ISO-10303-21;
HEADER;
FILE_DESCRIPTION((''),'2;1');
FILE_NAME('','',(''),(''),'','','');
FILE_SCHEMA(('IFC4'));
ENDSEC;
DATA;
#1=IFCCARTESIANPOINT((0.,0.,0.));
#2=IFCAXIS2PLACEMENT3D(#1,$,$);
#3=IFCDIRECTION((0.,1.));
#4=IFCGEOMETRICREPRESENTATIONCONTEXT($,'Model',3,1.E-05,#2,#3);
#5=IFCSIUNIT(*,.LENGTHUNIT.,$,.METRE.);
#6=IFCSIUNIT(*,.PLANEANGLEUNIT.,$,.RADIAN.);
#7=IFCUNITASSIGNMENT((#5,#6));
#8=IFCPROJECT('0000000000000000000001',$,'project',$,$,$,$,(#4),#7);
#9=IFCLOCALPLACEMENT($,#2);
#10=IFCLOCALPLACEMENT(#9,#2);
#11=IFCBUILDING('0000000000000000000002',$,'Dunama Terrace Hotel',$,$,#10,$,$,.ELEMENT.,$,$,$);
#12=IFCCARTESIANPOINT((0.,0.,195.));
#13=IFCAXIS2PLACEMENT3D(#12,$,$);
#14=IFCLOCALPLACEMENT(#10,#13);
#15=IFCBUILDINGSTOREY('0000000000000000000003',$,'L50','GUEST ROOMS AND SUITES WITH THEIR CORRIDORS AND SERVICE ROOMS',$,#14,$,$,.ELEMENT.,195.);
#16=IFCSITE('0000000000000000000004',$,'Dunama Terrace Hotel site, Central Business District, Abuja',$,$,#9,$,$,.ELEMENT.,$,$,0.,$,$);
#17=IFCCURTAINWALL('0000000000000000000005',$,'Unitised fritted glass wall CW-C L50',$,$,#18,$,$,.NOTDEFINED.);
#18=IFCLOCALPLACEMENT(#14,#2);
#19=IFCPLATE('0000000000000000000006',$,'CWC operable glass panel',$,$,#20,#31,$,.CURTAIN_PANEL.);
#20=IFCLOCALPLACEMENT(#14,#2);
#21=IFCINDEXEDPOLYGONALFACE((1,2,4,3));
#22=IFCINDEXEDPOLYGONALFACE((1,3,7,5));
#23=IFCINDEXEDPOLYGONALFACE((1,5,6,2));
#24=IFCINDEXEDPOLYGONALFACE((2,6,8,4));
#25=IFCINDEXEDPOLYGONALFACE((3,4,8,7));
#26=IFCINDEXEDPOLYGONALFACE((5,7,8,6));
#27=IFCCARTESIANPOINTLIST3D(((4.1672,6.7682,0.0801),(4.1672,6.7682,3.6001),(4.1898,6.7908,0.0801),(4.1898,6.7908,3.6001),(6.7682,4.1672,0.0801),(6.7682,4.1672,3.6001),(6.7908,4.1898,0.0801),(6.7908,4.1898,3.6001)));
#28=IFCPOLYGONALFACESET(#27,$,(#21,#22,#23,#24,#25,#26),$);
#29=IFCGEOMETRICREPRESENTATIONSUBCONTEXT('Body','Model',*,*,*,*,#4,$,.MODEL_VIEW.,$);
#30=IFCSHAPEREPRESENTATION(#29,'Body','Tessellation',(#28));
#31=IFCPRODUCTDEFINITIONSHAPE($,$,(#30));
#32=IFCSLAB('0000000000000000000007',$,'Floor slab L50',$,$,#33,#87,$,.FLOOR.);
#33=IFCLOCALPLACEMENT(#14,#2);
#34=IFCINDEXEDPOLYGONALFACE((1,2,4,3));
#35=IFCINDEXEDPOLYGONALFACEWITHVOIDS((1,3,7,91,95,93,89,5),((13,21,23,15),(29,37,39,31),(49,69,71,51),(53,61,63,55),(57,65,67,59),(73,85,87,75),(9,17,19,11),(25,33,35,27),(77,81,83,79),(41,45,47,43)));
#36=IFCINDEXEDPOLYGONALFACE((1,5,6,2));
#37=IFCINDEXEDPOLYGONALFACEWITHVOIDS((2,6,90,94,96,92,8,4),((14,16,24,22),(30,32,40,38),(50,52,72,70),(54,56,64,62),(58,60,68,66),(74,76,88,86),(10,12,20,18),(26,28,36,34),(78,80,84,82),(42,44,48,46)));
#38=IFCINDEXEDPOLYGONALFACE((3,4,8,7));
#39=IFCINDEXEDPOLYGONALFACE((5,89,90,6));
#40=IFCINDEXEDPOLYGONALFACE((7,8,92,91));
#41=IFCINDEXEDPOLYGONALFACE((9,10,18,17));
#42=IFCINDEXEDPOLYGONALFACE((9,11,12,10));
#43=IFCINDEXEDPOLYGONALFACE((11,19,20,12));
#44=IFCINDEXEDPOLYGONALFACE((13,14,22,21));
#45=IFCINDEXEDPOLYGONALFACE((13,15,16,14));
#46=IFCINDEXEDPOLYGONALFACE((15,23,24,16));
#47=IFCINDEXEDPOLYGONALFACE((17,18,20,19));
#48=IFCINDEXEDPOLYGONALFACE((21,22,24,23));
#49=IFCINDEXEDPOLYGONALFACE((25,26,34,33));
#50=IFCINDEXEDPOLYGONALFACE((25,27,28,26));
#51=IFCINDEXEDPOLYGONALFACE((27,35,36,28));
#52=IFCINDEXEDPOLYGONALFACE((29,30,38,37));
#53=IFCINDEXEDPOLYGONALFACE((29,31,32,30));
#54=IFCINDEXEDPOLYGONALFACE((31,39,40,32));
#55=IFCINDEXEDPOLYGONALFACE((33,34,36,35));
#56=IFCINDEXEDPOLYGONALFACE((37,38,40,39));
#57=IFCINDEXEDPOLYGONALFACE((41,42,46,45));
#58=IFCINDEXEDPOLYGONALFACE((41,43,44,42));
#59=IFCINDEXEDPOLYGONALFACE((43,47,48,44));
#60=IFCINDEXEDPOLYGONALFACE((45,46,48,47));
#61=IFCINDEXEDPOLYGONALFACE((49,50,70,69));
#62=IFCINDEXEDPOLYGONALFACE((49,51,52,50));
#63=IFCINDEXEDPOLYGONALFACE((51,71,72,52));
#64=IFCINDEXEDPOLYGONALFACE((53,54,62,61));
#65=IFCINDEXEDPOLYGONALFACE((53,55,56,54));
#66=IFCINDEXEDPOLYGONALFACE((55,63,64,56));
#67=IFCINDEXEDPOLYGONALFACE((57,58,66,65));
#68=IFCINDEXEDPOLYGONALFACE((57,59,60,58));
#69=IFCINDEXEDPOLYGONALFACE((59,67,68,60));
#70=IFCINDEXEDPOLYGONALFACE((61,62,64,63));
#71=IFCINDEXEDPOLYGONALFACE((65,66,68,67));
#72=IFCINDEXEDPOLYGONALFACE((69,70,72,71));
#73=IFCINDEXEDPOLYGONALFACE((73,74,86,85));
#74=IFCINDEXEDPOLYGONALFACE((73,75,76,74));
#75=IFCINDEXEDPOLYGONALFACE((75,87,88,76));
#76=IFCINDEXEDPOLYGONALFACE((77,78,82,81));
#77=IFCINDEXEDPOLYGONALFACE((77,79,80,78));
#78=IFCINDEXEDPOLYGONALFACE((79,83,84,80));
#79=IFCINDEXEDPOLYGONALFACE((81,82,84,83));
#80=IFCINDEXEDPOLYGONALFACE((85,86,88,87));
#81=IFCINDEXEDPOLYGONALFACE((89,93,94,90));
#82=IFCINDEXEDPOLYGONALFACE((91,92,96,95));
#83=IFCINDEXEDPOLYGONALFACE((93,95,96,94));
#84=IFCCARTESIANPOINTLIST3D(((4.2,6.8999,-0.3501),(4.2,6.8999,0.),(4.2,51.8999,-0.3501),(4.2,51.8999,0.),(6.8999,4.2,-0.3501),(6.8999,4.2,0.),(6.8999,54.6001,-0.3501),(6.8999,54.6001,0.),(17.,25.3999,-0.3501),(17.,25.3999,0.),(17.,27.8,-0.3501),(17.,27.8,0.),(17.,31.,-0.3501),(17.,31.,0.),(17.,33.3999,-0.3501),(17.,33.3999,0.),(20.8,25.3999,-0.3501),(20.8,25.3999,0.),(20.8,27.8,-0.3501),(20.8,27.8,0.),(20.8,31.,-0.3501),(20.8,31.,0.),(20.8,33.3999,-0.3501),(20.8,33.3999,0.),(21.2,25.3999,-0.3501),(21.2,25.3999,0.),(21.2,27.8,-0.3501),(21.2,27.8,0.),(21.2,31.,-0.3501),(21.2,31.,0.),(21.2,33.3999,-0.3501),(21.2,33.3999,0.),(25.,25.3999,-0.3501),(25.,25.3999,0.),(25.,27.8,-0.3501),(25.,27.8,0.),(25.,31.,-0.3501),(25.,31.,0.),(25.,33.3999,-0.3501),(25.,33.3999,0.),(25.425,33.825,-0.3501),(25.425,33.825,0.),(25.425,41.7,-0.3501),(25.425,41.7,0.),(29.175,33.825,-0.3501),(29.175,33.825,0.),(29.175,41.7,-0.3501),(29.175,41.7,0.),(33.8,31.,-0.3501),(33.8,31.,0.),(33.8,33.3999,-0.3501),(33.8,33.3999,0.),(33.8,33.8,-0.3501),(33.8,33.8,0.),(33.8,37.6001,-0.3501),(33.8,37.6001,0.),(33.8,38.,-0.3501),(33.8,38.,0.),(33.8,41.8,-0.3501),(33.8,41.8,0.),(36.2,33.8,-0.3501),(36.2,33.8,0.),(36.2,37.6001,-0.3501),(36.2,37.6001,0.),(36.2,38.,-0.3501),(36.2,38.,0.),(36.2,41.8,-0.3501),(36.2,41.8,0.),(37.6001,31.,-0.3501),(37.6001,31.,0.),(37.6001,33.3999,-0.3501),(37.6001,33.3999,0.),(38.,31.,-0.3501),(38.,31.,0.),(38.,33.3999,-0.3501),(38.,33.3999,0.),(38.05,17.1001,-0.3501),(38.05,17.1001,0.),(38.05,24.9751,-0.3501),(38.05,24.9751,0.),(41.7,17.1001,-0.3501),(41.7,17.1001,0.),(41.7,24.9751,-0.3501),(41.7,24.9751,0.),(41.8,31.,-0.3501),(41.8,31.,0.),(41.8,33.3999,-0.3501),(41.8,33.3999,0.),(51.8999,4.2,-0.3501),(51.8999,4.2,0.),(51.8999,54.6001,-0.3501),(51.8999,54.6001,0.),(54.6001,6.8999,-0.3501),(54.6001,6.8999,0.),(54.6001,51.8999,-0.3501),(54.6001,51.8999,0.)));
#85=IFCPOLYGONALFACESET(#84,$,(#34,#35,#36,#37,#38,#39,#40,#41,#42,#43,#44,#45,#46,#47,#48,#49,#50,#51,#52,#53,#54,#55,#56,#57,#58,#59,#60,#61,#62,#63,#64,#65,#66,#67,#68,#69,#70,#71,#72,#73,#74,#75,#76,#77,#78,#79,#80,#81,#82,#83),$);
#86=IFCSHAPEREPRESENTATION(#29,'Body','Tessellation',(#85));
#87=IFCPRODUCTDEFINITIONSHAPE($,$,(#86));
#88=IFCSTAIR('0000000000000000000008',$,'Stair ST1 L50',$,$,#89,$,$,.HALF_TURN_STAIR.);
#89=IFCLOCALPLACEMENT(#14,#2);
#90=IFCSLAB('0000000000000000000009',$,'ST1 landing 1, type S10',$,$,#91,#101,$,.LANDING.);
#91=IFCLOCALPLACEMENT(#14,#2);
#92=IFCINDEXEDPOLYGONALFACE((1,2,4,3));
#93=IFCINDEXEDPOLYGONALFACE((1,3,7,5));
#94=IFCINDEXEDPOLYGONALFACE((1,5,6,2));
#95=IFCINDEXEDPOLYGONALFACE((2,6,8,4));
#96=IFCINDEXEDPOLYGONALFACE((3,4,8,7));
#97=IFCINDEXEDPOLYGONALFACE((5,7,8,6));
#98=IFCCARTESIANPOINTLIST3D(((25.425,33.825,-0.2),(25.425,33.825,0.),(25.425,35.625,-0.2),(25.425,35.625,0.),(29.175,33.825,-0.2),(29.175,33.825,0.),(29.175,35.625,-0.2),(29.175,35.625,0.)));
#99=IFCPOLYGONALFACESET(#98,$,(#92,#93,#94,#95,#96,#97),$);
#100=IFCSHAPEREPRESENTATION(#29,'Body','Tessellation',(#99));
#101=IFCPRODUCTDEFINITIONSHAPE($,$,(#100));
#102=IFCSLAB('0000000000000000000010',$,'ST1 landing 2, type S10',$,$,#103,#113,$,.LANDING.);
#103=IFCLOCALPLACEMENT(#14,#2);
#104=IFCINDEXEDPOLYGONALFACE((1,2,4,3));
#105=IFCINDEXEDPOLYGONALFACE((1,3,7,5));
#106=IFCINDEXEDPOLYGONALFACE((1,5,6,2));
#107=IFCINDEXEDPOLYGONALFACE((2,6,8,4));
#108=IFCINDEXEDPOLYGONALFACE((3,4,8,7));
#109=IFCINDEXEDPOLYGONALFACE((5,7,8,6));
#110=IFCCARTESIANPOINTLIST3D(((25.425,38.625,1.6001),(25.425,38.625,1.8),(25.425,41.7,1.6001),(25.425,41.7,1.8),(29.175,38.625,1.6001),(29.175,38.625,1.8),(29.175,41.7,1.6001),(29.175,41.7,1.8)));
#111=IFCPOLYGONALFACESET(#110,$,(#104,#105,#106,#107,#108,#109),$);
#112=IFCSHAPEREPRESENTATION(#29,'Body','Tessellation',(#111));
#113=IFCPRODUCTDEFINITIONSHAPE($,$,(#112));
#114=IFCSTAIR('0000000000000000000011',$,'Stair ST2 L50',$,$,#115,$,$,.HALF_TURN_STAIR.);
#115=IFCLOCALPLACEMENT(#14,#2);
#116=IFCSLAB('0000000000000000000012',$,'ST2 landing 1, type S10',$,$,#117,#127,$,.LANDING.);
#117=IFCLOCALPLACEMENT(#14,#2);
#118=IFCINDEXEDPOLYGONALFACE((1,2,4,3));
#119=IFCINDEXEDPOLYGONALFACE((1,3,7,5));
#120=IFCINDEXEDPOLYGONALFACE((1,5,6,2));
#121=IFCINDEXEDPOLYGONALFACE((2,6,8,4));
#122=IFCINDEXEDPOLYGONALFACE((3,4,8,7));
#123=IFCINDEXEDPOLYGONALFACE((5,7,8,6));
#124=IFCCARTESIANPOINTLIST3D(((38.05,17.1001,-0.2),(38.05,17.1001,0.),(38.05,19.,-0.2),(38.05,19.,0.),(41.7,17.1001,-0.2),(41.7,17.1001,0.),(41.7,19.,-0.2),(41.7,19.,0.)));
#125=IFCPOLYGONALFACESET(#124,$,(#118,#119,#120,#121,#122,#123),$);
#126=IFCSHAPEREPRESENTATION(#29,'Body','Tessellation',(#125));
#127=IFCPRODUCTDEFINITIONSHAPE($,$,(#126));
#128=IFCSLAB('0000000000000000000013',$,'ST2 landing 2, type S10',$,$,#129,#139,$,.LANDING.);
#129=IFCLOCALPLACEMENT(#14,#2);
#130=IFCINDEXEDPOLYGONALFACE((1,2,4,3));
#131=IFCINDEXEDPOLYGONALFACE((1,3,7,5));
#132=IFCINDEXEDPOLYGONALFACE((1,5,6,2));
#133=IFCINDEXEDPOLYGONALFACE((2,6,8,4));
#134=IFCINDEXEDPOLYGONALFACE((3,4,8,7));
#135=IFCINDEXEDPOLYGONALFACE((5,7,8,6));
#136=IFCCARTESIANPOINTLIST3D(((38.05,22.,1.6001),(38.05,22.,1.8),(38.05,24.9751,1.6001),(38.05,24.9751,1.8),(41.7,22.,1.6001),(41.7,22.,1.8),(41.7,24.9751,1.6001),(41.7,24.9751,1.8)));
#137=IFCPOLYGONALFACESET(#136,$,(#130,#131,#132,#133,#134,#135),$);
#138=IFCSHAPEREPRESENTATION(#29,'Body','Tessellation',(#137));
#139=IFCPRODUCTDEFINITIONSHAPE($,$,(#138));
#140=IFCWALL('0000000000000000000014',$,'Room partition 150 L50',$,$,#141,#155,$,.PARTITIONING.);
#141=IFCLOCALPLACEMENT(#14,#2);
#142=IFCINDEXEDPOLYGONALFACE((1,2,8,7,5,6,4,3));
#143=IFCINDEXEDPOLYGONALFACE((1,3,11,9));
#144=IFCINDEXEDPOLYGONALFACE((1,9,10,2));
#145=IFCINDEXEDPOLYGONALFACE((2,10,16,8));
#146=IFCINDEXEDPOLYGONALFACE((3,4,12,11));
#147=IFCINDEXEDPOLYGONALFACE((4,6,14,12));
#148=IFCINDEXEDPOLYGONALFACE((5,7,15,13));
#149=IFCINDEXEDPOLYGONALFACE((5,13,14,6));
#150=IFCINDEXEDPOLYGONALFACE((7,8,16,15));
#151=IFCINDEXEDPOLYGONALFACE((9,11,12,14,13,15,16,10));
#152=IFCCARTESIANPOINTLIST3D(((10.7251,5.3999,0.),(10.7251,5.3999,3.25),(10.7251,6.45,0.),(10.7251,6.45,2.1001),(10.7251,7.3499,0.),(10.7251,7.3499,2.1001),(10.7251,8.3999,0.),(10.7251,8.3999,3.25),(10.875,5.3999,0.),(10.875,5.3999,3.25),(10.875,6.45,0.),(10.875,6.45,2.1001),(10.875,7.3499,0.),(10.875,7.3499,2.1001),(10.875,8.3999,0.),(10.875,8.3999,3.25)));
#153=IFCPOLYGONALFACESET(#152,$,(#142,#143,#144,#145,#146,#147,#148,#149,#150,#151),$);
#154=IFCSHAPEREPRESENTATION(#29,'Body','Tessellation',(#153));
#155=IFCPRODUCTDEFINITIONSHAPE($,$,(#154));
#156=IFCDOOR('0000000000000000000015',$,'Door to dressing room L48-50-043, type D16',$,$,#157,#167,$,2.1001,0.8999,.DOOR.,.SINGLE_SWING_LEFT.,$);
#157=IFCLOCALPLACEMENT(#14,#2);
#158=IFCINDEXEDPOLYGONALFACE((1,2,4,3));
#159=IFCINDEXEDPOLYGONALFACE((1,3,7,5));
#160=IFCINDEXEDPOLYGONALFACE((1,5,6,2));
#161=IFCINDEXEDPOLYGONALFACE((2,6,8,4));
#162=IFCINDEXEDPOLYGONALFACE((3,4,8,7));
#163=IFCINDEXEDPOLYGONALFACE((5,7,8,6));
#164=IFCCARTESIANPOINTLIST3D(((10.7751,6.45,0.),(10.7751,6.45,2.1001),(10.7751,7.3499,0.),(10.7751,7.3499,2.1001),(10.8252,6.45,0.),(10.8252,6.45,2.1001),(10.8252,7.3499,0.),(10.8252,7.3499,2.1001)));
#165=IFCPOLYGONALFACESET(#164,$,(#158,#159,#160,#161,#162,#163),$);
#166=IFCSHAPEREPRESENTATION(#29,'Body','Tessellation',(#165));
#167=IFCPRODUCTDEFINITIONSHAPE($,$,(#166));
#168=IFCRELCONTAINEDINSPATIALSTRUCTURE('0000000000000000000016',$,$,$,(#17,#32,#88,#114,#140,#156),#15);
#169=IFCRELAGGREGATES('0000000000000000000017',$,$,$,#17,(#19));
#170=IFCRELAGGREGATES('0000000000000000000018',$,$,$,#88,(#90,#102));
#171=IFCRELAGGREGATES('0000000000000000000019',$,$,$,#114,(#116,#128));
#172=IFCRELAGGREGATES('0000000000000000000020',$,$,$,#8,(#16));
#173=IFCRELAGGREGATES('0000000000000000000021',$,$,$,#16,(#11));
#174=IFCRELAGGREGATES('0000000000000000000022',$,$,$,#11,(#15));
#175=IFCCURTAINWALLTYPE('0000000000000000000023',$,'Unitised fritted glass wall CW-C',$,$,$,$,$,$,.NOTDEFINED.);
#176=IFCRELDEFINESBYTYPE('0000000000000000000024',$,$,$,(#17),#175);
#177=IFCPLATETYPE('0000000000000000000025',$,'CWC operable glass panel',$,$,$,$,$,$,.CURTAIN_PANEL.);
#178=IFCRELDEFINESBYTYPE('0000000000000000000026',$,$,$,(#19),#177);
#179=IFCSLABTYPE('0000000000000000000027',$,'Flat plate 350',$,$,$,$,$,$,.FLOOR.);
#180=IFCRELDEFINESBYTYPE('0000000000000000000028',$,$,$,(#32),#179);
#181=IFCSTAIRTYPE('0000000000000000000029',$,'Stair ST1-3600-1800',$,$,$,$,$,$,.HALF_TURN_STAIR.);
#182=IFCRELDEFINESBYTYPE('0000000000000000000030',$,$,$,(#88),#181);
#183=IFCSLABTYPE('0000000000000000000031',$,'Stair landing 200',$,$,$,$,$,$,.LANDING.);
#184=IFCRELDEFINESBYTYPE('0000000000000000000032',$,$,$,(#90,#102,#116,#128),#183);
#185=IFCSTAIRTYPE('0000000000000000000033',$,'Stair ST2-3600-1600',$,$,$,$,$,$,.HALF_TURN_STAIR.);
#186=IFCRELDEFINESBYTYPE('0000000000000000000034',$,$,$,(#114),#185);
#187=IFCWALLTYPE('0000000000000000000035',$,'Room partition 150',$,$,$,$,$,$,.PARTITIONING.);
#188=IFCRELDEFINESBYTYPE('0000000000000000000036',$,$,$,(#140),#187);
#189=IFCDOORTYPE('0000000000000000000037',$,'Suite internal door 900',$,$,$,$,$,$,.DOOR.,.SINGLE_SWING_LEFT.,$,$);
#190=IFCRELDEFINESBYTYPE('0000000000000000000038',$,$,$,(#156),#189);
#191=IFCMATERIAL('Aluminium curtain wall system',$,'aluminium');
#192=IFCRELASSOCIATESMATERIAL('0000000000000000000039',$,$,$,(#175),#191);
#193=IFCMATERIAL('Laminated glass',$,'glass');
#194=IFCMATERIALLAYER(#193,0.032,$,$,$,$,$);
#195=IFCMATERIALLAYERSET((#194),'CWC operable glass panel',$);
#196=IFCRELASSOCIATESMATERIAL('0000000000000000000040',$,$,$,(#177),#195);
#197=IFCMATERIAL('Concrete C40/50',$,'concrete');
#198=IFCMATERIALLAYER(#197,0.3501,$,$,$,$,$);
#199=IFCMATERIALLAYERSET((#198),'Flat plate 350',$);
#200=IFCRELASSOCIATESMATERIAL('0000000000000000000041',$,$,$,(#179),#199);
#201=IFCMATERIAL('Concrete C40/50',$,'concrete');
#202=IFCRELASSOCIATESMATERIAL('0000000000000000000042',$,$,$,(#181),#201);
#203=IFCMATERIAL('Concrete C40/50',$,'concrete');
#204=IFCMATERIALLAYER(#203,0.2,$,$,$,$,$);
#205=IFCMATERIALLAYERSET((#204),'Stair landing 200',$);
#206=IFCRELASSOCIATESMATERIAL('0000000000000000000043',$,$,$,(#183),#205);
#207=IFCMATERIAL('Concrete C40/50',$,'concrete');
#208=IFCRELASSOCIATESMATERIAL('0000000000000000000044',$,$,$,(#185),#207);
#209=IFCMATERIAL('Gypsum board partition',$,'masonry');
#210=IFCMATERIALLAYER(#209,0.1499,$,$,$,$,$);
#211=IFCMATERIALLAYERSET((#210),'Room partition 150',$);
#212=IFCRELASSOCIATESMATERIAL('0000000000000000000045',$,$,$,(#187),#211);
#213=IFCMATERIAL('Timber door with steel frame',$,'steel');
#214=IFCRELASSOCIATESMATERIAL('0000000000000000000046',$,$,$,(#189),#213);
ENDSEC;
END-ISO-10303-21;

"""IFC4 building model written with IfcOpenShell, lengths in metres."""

from ifc_helpers import new_model, si_unit, direction, frame, frame_2d, origin, origin_2d, place, context, subcontext, project, spatial, polyline, rectangle, outline, extrude, material, layer, layer_set, type_object, element, fill, aggregate, save


model = new_model("IFC4")

# Units and contexts
model_context = context("Model", 3, precision=1e-05, world=origin(), true_north=direction((0.0, 1.0)))
body_context = subcontext(model_context, "Body", "Model", "MODEL_VIEW")
ifc_project = project(units=[si_unit("LENGTHUNIT", "METRE"), si_unit("PLANEANGLEUNIT", "RADIAN")], contexts=[model_context])

# Site, building, storey
site_placement = place(None, origin())
site = spatial("IfcSite", under=ifc_project, at=site_placement, Name="Dunama Terrace Hotel site, Central Business District, Abuja", CompositionType="ELEMENT", RefElevation=0.0)
building_placement = place(site_placement, origin())
building = spatial("IfcBuilding", under=site, at=building_placement, Name="Dunama Terrace Hotel", CompositionType="ELEMENT")
storey_placement = place(building_placement, frame((0.0, 0.0, 195.0)))
storey = spatial("IfcBuildingStorey", under=building, at=storey_placement, Name="L50", Description="GUEST ROOMS AND SUITES WITH THEIR CORRIDORS AND SERVICE ROOMS", CompositionType="ELEMENT", Elevation=195.0)

# Shared definitions
ifc_material_1 = material(Name="Aluminium curtain wall system", Category="aluminium")
curtain_wall_type = type_object("IfcCurtainWallType", Name="Unitised fritted glass wall CW-C", PredefinedType="NOTDEFINED", material=ifc_material_1)

# Curtain wall
curtain_wall_1_placement = place(storey_placement, origin())
curtain_wall_1 = element("IfcCurtainWall", 1, at=curtain_wall_1_placement, inside=storey, type_object=curtain_wall_type, Name="Unitised fritted glass wall CW-C L50", PredefinedType="NOTDEFINED")

# Plate
ifc_material_2 = material(Name="Laminated glass", Category="glass")
ifc_layer_1 = layer(ifc_material_2, 0.032)
ifc_layer_set_1 = layer_set([ifc_layer_1], Name="CWC operable glass panel")
plate_type_1 = type_object("IfcPlateType", Name="CWC operable glass panel", PredefinedType="CURTAIN_PANEL", material=ifc_layer_set_1)
plate_1_placement = place(storey_placement, frame((5.479, 5.479, 0.0801), z_axis=(0.0, 0.0, 1.0), x_axis=(0.707107, -0.707107, 0.0)))
plate_1 = element("IfcPlate", 2, at=plate_1_placement, type_object=plate_type_1, Name="CWC operable glass panel", PredefinedType="CURTAIN_PANEL", context=body_context, shape_type="SweptSolid", body=[
    extrude(rectangle(XDim=3.6785, YDim=0.032, at=origin_2d()), origin(), (0.0, 0.0, 1.0), 3.52),
])
aggregate(curtain_wall_1, [plate_1])

# Slab
ifc_material_3 = material(Name="Concrete C40/50", Category="concrete")
ifc_layer_2 = layer(ifc_material_3, 0.3501)
ifc_layer_set_2 = layer_set([ifc_layer_2], Name="Flat plate 350")
slab_type_1 = type_object("IfcSlabType", Name="Flat plate 350", PredefinedType="FLOOR", material=ifc_layer_set_2)
slab_1_placement = place(storey_placement, frame((0.0, 0.0, -0.3501)))
element("IfcSlab", 3, at=slab_1_placement, inside=storey, type_object=slab_type_1, Name="Floor slab L50", PredefinedType="FLOOR", context=body_context, shape_type="SweptSolid", body=[
    extrude(outline(polyline([(6.8999, 4.2), (51.8999, 4.2), (54.6001, 6.8999), (54.6001, 51.8999), (51.8999, 54.6001), (6.8999, 54.6001), (4.2, 51.8999), (4.2, 6.8999), (6.8999, 4.2)]), holes=[polyline([(20.8, 25.3999), (20.8, 27.8), (17.0, 27.8), (17.0, 25.3999), (20.8, 25.3999)]), polyline([(25.0, 25.3999), (25.0, 27.8), (21.2, 27.8), (21.2, 25.3999), (25.0, 25.3999)]), polyline([(20.8, 31.0), (20.8, 33.3999), (17.0, 33.3999), (17.0, 31.0), (20.8, 31.0)]), polyline([(25.0, 31.0), (25.0, 33.3999), (21.2, 33.3999), (21.2, 31.0), (25.0, 31.0)]), polyline([(37.6001, 31.0), (37.6001, 33.3999), (33.8, 33.3999), (33.8, 31.0), (37.6001, 31.0)]), polyline([(41.8, 31.0), (41.8, 33.3999), (38.0, 33.3999), (38.0, 31.0), (41.8, 31.0)]), polyline([(36.2, 38.0), (36.2, 41.8), (33.8, 41.8), (33.8, 38.0), (36.2, 38.0)]), polyline([(36.2, 33.8), (36.2, 37.6001), (33.8, 37.6001), (33.8, 33.8), (36.2, 33.8)]), polyline([(29.175, 33.825), (29.175, 41.7), (25.425, 41.7), (25.425, 33.825), (29.175, 33.825)]), polyline([(41.7, 17.1001), (41.7, 24.9751), (38.05, 24.9751), (38.05, 17.1001), (41.7, 17.1001)])]), origin(), (0.0, 0.0, 1.0), 0.3501),
])

# Stairs, slabs
ifc_material_4 = material(Name="Concrete C40/50", Category="concrete")
stair_type_1 = type_object("IfcStairType", Name="Stair ST1-3600-1800", PredefinedType="HALF_TURN_STAIR", material=ifc_material_4)
stair_1_placement = place(storey_placement, origin())
stair_1 = element("IfcStair", 4, at=stair_1_placement, inside=storey, type_object=stair_type_1, Name="Stair ST1 L50", PredefinedType="HALF_TURN_STAIR")
ifc_material_5 = material(Name="Concrete C40/50", Category="concrete")
ifc_layer_3 = layer(ifc_material_5, 0.2)
ifc_layer_set_3 = layer_set([ifc_layer_3], Name="Stair landing 200")
slab_type_2 = type_object("IfcSlabType", Name="Stair landing 200", PredefinedType="LANDING", material=ifc_layer_set_3)
slab_2_placement = place(storey_placement, frame((0.0, 0.0, -0.2)))
slab_2 = element("IfcSlab", 5, at=slab_2_placement, type_object=slab_type_2, Name="ST1 landing 1, type S10", PredefinedType="LANDING", context=body_context, shape_type="SweptSolid", body=[
    extrude(outline(polyline([(25.425, 33.825), (29.175, 33.825), (29.175, 35.625), (25.425, 35.625), (25.425, 33.825)])), origin(), (0.0, 0.0, 1.0), 0.2),
])
slab_3_placement = place(storey_placement, frame((0.0, 0.0, 1.6001)))
slab_3 = element("IfcSlab", 6, at=slab_3_placement, type_object=slab_type_2, Name="ST1 landing 2, type S10", PredefinedType="LANDING", context=body_context, shape_type="SweptSolid", body=[
    extrude(outline(polyline([(25.425, 38.625), (29.175, 38.625), (29.175, 41.7), (25.425, 41.7), (25.425, 38.625)])), origin(), (0.0, 0.0, 1.0), 0.2),
])
aggregate(stair_1, [slab_2, slab_3])
ifc_material_6 = material(Name="Concrete C40/50", Category="concrete")
stair_type_2 = type_object("IfcStairType", Name="Stair ST2-3600-1600", PredefinedType="HALF_TURN_STAIR", material=ifc_material_6)
stair_2_placement = place(storey_placement, origin())
stair_2 = element("IfcStair", 7, at=stair_2_placement, inside=storey, type_object=stair_type_2, Name="Stair ST2 L50", PredefinedType="HALF_TURN_STAIR")
slab_4_placement = place(storey_placement, frame((0.0, 0.0, -0.2)))
slab_4 = element("IfcSlab", 8, at=slab_4_placement, type_object=slab_type_2, Name="ST2 landing 1, type S10", PredefinedType="LANDING", context=body_context, shape_type="SweptSolid", body=[
    extrude(outline(polyline([(38.05, 17.1001), (41.7, 17.1001), (41.7, 19.0), (38.05, 19.0), (38.05, 17.1001)])), origin(), (0.0, 0.0, 1.0), 0.2),
])
slab_5_placement = place(storey_placement, frame((0.0, 0.0, 1.6001)))
slab_5 = element("IfcSlab", 9, at=slab_5_placement, type_object=slab_type_2, Name="ST2 landing 2, type S10", PredefinedType="LANDING", context=body_context, shape_type="SweptSolid", body=[
    extrude(outline(polyline([(38.05, 22.0), (41.7, 22.0), (41.7, 24.9751), (38.05, 24.9751), (38.05, 22.0)])), origin(), (0.0, 0.0, 1.0), 0.2),
])
aggregate(stair_2, [slab_4, slab_5])

# Wall, opening, door
ifc_material_7 = material(Name="Gypsum board partition", Category="masonry")
ifc_layer_4 = layer(ifc_material_7, 0.1499)
ifc_layer_set_4 = layer_set([ifc_layer_4], Name="Room partition 150")
wall_type = type_object("IfcWallType", Name="Room partition 150", PredefinedType="PARTITIONING", material=ifc_layer_set_4)
wall_1_placement = place(storey_placement, frame((10.8, 5.3999, 0.0), z_axis=(0.0, 0.0, 1.0), x_axis=(0.0, 1.0, 0.0)))
wall_1 = element("IfcWall", 10, at=wall_1_placement, inside=storey, type_object=wall_type, Name="Room partition 150 L50", PredefinedType="PARTITIONING", context=body_context, shape_type="SweptSolid", body=[
    extrude(rectangle(XDim=3.0, YDim=0.1499, at=frame_2d((1.5, 0.0))), origin(), (0.0, 0.0, 1.0), 3.25),
])
opening_1_placement = place(wall_1_placement, frame((1.05, 0.0, 0.0)))
opening_1 = element("IfcOpeningElement", 11, at=opening_1_placement, cuts=wall_1, PredefinedType="OPENING", context=body_context, shape_type="SweptSolid", body=[
    extrude(rectangle(XDim=0.8999, YDim=2.1001, at=frame_2d((0.45, 1.05))), frame((0.0, 0.085, 0.0), z_axis=(0.0, -1.0, 0.0), x_axis=(1.0, 0.0, 0.0)), (0.0, 0.0, 1.0), 0.1699),
])
ifc_material_8 = material(Name="Timber door with steel frame", Category="steel")
door_type = type_object("IfcDoorType", Name="Suite internal door 900", OperationType="SINGLE_SWING_LEFT", PredefinedType="DOOR", material=ifc_material_8)
door_1_placement = place(opening_1_placement, frame((0.8999, 0.0, 0.0), z_axis=(0.0, 0.0, 1.0), x_axis=(-1.0, 0.0, 0.0)))
door_1 = element("IfcDoor", 12, at=door_1_placement, inside=storey, type_object=door_type, Name="Door to dressing room L48-50-043, type D16", OperationType="SINGLE_SWING_LEFT", OverallHeight=2.1001, OverallWidth=0.8999, PredefinedType="DOOR", context=body_context, shape_type="SweptSolid", body=[
    extrude(rectangle(XDim=0.8999, YDim=2.1001, at=frame_2d((0.45, 1.05))), frame((0.0, 0.0251, 0.0), z_axis=(0.0, -1.0, 0.0), x_axis=(1.0, 0.0, 0.0)), (0.0, 0.0, 1.0), 0.05),
])
fill(opening_1, door_1)

save(model, "model.ifc")
